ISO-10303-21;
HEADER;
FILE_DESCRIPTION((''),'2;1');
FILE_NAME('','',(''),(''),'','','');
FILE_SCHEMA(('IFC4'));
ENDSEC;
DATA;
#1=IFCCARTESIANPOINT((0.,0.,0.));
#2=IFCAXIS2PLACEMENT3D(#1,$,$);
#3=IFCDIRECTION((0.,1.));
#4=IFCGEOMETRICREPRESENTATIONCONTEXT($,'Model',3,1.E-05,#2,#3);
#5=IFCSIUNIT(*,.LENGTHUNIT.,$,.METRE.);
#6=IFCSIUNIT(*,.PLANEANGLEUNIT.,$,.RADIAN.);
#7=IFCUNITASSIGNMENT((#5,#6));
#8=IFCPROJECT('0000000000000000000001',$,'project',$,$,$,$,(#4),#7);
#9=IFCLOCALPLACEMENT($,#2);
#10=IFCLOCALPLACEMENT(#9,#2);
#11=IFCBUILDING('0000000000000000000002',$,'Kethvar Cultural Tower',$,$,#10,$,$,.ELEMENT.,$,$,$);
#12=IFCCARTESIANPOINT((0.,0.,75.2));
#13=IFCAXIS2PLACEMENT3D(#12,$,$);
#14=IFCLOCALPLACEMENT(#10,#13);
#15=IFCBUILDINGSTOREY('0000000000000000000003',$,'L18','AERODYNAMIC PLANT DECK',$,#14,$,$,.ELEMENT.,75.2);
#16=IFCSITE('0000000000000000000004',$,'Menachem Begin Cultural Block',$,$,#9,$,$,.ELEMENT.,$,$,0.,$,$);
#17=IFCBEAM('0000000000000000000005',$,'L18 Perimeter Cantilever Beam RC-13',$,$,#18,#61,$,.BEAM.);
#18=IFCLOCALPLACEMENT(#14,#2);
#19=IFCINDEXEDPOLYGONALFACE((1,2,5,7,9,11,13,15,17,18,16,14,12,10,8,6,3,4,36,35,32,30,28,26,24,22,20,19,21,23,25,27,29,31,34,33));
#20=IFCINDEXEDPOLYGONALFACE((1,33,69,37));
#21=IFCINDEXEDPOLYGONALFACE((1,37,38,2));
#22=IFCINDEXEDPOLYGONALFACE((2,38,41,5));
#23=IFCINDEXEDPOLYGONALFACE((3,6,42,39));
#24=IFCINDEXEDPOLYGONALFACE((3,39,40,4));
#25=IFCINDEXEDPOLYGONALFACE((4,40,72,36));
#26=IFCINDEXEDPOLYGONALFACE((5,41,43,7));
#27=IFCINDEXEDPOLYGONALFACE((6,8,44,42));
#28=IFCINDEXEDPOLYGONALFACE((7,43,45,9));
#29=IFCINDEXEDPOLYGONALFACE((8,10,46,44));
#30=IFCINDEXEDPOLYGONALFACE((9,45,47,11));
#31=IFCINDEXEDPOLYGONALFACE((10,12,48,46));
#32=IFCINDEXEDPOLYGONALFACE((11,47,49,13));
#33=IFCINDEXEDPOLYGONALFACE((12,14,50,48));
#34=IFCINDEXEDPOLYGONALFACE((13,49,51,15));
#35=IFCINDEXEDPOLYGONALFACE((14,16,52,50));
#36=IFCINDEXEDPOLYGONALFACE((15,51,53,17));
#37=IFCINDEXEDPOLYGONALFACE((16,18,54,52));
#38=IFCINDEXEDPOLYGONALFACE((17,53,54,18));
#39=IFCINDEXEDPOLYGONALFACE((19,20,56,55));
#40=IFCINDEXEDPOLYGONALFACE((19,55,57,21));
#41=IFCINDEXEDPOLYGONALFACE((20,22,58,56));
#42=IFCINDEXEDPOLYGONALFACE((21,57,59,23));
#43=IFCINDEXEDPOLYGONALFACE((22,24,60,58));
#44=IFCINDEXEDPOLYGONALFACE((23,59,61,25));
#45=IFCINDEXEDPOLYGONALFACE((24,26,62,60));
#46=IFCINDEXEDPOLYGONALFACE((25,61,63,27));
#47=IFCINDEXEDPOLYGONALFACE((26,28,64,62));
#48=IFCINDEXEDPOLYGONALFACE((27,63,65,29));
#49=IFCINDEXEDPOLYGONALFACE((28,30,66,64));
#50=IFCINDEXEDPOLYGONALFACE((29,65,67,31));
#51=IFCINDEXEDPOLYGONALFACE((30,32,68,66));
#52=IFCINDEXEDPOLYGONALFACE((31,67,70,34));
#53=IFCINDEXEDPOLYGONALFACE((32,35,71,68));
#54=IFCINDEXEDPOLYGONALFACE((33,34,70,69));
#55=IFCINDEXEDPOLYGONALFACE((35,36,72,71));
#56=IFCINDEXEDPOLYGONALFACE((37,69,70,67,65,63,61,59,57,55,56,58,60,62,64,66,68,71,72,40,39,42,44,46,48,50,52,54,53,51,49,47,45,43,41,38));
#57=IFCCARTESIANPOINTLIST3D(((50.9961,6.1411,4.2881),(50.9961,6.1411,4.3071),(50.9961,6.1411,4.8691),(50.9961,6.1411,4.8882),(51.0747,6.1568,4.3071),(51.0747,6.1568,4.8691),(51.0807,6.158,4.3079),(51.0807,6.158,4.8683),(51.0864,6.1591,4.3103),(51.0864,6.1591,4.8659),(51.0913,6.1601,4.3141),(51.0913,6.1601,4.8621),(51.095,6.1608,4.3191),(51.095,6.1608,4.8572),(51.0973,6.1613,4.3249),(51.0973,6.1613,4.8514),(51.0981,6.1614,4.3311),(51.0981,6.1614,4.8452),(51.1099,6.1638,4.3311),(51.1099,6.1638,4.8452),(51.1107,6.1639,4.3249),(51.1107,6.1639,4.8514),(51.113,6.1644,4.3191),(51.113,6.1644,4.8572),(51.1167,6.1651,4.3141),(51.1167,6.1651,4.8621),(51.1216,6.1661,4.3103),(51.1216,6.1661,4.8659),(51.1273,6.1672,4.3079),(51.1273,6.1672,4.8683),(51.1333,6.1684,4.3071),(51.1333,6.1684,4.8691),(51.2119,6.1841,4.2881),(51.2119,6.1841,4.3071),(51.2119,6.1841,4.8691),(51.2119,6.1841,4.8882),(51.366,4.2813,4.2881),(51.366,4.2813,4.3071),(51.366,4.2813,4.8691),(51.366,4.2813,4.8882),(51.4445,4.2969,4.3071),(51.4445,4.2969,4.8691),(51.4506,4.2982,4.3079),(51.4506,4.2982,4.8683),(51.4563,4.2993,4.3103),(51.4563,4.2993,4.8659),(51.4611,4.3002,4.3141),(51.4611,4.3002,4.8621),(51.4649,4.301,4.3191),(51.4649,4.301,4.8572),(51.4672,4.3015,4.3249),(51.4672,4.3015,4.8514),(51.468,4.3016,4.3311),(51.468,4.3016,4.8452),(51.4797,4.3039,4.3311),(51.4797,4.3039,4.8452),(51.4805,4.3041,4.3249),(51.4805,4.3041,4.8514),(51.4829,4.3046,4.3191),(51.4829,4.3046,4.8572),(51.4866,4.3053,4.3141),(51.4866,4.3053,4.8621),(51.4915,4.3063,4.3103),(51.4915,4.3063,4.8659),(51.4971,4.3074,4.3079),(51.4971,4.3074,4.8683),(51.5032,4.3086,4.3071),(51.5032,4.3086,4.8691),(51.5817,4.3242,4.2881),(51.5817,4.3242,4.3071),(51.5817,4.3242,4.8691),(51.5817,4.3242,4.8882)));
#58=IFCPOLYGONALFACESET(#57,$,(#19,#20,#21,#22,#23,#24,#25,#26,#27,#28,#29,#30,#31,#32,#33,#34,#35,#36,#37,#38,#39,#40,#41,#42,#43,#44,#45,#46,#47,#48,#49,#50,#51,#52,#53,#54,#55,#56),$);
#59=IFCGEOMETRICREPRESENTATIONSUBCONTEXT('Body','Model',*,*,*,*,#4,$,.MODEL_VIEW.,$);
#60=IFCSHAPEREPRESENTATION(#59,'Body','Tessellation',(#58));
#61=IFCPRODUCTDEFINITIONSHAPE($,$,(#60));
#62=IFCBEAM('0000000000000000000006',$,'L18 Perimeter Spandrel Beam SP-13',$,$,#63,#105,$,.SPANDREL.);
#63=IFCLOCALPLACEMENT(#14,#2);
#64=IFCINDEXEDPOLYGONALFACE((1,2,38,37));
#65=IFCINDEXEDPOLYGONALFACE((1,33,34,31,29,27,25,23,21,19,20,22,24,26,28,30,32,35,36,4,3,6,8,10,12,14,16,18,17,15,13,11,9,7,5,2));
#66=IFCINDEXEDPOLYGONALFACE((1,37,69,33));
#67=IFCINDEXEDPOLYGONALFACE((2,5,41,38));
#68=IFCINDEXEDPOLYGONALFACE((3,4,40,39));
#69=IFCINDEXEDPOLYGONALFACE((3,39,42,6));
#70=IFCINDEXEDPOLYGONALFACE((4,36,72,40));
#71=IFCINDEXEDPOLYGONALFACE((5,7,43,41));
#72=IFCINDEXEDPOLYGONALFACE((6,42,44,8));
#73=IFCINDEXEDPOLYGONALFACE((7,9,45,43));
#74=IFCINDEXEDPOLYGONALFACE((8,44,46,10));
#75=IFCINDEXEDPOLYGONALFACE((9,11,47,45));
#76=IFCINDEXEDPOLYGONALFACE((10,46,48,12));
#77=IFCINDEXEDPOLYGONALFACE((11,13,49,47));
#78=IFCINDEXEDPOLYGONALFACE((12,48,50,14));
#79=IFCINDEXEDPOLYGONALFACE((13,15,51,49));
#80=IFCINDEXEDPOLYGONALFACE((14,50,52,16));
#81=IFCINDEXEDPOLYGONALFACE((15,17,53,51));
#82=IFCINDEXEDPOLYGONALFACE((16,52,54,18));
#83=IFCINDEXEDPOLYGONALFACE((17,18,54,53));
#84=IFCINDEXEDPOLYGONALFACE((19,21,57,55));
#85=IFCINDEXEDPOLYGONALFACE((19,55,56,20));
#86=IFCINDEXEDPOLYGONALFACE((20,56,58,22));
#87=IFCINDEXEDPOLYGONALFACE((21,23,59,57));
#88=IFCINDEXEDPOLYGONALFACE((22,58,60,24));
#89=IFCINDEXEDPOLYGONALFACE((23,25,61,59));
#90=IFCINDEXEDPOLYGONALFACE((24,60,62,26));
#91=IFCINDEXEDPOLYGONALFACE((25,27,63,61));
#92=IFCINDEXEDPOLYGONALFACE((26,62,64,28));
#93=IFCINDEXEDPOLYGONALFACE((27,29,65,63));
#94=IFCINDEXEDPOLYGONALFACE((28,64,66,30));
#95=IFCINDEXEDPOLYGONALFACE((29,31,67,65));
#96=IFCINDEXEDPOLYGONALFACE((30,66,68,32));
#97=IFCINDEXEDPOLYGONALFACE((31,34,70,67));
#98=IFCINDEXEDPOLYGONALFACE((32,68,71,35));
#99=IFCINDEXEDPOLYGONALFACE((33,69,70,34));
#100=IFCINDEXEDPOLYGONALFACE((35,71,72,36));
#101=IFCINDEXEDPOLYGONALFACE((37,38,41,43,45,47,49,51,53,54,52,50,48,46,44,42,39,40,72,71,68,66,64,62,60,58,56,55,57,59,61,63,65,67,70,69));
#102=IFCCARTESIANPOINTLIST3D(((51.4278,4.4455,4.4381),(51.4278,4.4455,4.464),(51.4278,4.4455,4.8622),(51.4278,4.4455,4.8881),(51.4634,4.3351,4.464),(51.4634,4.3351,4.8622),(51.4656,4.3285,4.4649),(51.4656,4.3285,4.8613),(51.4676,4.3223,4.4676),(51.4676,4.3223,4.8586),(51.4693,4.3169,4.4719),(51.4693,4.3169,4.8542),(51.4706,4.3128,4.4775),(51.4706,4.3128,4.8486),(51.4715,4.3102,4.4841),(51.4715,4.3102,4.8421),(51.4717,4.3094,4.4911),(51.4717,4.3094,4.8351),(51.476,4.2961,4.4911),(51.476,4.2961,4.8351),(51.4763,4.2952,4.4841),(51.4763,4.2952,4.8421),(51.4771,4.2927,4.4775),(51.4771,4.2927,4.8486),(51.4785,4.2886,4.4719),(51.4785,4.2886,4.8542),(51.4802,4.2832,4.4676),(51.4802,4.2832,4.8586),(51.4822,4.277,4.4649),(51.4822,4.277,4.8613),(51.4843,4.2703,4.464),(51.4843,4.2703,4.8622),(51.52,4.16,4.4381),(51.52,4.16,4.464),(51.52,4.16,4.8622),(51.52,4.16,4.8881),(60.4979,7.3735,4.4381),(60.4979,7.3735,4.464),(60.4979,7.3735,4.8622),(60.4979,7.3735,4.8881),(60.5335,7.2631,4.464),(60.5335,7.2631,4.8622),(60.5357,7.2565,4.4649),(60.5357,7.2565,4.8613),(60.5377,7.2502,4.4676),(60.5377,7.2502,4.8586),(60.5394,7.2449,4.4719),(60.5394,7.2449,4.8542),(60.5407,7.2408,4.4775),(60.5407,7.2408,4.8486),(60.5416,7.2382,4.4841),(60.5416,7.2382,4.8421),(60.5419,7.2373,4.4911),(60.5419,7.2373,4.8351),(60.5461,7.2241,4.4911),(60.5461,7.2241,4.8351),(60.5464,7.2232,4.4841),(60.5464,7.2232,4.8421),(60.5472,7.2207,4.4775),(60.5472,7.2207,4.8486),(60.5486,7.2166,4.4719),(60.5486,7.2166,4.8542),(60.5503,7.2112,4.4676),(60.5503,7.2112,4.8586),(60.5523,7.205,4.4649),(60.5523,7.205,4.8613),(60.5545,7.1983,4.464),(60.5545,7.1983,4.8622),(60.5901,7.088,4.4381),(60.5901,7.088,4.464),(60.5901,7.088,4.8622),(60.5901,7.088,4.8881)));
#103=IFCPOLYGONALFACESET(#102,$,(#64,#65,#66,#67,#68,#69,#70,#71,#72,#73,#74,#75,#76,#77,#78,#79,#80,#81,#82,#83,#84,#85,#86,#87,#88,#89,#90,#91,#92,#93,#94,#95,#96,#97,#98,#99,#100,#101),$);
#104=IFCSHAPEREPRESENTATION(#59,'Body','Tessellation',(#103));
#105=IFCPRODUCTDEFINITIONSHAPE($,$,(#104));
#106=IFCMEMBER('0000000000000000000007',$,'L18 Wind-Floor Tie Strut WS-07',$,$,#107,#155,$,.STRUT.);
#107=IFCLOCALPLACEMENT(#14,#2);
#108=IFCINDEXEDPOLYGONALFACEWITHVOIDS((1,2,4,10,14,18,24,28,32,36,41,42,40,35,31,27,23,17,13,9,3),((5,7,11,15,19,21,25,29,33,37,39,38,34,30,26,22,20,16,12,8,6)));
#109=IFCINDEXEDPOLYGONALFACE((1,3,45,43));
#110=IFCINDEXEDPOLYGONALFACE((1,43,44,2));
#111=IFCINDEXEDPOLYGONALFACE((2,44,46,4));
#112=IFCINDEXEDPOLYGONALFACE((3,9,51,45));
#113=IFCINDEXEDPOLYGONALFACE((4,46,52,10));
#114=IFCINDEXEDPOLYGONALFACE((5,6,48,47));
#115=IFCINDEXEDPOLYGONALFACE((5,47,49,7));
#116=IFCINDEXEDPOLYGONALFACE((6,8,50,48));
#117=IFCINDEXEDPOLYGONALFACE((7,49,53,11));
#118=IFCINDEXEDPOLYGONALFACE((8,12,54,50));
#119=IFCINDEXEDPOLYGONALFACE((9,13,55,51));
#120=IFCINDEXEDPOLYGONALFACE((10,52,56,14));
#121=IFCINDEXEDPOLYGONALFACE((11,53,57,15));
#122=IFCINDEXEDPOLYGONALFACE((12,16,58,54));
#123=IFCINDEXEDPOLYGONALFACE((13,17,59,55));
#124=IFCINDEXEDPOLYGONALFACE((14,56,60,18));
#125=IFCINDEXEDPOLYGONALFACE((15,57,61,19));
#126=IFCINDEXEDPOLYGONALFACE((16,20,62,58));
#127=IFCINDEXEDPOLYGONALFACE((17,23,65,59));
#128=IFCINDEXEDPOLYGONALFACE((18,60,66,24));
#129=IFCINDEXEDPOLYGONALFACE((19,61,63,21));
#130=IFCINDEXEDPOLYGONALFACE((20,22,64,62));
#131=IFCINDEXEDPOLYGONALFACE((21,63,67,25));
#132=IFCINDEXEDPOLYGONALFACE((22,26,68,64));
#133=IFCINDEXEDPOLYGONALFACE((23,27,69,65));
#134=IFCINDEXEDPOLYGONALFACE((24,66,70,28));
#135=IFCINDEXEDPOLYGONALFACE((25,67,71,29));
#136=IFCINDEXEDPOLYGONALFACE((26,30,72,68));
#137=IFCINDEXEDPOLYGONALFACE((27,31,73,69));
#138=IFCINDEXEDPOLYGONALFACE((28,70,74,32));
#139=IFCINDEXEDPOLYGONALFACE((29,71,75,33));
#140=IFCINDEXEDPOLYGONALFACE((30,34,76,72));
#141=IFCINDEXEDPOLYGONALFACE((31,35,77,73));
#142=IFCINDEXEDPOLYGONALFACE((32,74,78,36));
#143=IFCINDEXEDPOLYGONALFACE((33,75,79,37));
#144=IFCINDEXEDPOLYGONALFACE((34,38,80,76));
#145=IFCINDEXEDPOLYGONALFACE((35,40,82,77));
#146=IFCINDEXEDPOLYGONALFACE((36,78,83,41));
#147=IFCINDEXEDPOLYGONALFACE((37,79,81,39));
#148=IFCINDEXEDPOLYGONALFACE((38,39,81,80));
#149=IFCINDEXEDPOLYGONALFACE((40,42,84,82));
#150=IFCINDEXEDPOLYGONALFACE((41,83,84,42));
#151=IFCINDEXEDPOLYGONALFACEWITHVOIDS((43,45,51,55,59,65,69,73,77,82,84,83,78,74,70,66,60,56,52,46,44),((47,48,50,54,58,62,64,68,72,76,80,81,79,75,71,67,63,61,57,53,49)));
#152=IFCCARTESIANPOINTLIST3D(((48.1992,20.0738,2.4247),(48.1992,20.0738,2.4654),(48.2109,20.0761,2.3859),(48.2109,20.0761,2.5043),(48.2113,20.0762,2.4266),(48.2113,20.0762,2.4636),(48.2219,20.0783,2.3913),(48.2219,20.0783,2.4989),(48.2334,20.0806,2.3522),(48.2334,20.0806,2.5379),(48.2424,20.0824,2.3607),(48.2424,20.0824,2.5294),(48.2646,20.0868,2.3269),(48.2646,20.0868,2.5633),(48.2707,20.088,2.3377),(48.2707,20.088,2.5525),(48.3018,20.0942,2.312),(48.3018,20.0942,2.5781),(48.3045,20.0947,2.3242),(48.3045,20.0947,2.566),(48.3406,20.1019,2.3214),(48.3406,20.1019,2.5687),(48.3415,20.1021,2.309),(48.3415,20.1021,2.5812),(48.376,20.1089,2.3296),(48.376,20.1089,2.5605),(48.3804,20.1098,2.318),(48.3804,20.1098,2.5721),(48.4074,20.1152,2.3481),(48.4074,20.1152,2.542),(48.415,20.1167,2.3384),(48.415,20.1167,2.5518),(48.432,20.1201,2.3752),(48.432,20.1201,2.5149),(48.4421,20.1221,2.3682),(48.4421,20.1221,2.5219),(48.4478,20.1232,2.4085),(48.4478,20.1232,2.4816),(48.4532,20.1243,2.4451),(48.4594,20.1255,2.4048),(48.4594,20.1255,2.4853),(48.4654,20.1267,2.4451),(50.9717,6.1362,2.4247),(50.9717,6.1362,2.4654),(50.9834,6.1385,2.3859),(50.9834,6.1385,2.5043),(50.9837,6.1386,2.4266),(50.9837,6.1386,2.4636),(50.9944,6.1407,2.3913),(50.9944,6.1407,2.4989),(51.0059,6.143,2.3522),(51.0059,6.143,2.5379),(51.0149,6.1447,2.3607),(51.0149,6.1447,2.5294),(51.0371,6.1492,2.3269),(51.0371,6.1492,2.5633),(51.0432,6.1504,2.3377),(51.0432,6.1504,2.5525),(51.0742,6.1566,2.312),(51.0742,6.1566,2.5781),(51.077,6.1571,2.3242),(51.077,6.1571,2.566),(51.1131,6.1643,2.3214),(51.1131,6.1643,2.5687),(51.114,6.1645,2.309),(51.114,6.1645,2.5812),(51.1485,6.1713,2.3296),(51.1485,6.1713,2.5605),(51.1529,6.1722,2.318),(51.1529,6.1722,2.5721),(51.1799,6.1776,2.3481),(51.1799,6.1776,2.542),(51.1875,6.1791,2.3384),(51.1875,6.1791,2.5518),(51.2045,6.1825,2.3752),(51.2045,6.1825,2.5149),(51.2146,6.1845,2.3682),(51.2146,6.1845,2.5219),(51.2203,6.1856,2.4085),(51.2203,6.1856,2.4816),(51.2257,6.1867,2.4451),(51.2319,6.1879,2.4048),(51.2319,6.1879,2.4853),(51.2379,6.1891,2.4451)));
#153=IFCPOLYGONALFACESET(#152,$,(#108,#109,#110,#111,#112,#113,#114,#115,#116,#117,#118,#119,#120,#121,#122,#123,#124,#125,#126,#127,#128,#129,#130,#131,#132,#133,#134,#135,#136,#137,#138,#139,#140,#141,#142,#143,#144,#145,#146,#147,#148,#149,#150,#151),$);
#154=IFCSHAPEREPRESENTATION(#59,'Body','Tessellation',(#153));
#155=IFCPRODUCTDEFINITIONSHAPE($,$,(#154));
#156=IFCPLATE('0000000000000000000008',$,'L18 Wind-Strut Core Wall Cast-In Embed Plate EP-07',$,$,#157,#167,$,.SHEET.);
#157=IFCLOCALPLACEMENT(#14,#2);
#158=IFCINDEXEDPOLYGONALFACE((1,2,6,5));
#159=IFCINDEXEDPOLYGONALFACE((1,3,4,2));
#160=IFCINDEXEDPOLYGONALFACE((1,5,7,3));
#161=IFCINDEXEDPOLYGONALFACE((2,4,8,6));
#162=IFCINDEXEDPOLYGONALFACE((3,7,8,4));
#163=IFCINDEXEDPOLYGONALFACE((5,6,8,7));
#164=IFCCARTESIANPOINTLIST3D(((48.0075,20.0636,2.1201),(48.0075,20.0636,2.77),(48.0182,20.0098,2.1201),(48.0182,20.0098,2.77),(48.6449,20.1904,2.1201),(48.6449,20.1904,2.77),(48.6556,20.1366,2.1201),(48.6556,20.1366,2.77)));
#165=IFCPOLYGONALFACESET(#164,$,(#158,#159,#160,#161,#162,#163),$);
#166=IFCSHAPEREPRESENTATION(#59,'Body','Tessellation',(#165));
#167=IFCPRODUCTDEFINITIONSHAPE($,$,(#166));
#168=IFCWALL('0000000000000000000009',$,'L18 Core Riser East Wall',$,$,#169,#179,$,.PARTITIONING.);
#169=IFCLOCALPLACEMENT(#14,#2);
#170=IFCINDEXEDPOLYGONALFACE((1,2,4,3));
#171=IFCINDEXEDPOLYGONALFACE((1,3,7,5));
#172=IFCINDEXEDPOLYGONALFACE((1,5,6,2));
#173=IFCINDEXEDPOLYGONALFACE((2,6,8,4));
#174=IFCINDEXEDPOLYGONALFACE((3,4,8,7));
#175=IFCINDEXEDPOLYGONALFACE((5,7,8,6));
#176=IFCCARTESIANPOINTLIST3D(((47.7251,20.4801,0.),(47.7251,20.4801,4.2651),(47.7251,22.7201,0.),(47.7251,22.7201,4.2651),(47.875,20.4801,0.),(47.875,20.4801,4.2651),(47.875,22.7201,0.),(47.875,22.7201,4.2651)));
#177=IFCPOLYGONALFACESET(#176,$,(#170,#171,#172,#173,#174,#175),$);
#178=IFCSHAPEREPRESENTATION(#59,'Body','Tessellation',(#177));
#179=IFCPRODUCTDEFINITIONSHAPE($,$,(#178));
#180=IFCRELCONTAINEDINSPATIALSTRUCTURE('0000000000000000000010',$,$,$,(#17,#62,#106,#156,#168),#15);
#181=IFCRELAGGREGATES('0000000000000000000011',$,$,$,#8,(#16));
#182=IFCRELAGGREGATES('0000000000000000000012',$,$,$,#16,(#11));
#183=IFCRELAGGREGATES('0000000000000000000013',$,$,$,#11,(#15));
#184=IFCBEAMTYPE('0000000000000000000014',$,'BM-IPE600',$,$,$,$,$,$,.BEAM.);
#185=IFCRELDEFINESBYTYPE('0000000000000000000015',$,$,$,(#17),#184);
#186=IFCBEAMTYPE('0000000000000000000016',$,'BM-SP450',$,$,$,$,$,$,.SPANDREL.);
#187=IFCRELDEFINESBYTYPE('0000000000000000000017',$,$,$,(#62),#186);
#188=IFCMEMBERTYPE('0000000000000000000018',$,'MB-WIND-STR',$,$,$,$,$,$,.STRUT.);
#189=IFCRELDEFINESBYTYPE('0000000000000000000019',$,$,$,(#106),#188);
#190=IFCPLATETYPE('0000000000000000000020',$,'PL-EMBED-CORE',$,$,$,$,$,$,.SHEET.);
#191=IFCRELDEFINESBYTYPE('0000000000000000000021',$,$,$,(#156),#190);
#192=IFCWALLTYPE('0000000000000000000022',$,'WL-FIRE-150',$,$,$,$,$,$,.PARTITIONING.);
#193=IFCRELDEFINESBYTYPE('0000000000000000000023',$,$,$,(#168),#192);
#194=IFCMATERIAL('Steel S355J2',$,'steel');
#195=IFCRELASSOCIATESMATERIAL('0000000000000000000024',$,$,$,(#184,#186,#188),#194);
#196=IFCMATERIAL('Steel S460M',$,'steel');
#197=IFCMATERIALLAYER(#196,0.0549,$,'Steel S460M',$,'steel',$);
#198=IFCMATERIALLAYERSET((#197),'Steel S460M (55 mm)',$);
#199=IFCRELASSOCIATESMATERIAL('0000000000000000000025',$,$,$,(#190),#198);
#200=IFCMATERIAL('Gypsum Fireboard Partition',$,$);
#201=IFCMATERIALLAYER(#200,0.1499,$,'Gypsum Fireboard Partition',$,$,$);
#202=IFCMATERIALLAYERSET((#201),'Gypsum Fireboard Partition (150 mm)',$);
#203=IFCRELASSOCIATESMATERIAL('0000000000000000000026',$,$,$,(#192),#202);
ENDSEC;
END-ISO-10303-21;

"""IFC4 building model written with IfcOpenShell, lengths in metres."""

from ifc_helpers import new_model, si_unit, direction, frame, frame_2d, origin, origin_2d, place, context, subcontext, project, spatial, rectangle, hollow_circle, i_section, extrude, source, transform, mapped, material, layer, layer_set, material_profile, profile_set, type_object, element, save


model = new_model("IFC4")

# Units and contexts
model_context = context("Model", 3, precision=1e-05, world=origin(), true_north=direction((0.0, 1.0)))
body_context = subcontext(model_context, "Body", "Model", "MODEL_VIEW")
ifc_project = project(units=[si_unit("LENGTHUNIT", "METRE"), si_unit("PLANEANGLEUNIT", "RADIAN")], contexts=[model_context])

# Site, building, storey
site_placement = place(None, origin())
site = spatial("IfcSite", under=ifc_project, at=site_placement, Name="Menachem Begin Cultural Block", CompositionType="ELEMENT", RefElevation=0.0)
building_placement = place(site_placement, origin())
building = spatial("IfcBuilding", under=site, at=building_placement, Name="Kethvar Cultural Tower", CompositionType="ELEMENT")
storey_placement = place(building_placement, frame((0.0, 0.0, 75.2)))
storey = spatial("IfcBuildingStorey", under=building, at=storey_placement, Name="L18", Description="AERODYNAMIC PLANT DECK", CompositionType="ELEMENT", Elevation=75.2)

# Shared definitions
ifc_material_1 = material(Name="Steel S460M", Category="steel")

# Beams
ifc_material_2 = material(Name="Steel S355J2", Category="steel")
ifc_material_profile_1 = material_profile(ifc_material_2, i_section(OverallWidth=0.22, OverallDepth=0.6001, WebThickness=0.012, FlangeThickness=0.019, FilletRadius=0.0239, at=origin_2d()), Name="Steel S355J2 — IPE600")
ifc_profile_set_1 = profile_set([ifc_material_profile_1], Name="Steel S355J2 — IPE600")
beam_type_1 = type_object("IfcBeamType", Name="BM-IPE600", PredefinedType="BEAM", material=ifc_profile_set_1)
shared_shape_1 = source(origin(), body_context, "Body", "SweptSolid", [
    extrude(i_section(OverallWidth=0.22, OverallDepth=0.6001, WebThickness=0.012, FlangeThickness=0.019, FilletRadius=0.0239, at=origin_2d()), origin(), (0.0, 0.0, 1.0), 1.8962),
])
beam_1_placement = place(storey_placement, frame((51.104, 6.1626, 4.5881), z_axis=(0.195051, -0.980793, 0.0), x_axis=(0.980793, 0.195051, 0.0)))
element("IfcBeam", 1, at=beam_1_placement, inside=storey, type_object=beam_type_1, Name="L18 Perimeter Cantilever Beam RC-13", PredefinedType="BEAM", context=body_context, shape_type="MappedRepresentation", body=[
    mapped(shared_shape_1, transform((0.0, 0.0, 0.0), scale=1.0)),
])
ifc_material_profile_2 = material_profile(ifc_material_2, i_section(OverallWidth=0.3, OverallDepth=0.45, WebThickness=0.0139, FlangeThickness=0.0259, FilletRadius=0.0271, at=origin_2d()), Name="Steel S355J2 — HEB450")
ifc_profile_set_2 = profile_set([ifc_material_profile_2], Name="Steel S355J2 — HEB450")
beam_type_2 = type_object("IfcBeamType", Name="BM-SP450", PredefinedType="SPANDREL", material=ifc_profile_set_2)
shared_shape_2 = source(origin(), body_context, "Body", "SweptSolid", [
    extrude(i_section(OverallWidth=0.3, OverallDepth=0.45, WebThickness=0.0139, FlangeThickness=0.0259, FilletRadius=0.0271, at=origin_2d()), origin(), (0.0, 0.0, 1.0), 9.531),
])
beam_2_placement = place(storey_placement, frame((51.4739, 4.3027, 4.6631), z_axis=(0.951643, 0.307207, 0.0), x_axis=(-0.307207, 0.951643, 0.0)))
element("IfcBeam", 2, at=beam_2_placement, inside=storey, type_object=beam_type_2, Name="L18 Perimeter Spandrel Beam SP-13", PredefinedType="SPANDREL", context=body_context, shape_type="MappedRepresentation", body=[
    mapped(shared_shape_2, transform((0.0, 0.0, 0.0), scale=1.0)),
])

# Member
ifc_material_profile_3 = material_profile(ifc_material_2, hollow_circle(Radius=0.1365, WallThickness=0.0125, at=origin_2d()), Name="Steel S355J2 — CHS273x12.5")
ifc_profile_set_3 = profile_set([ifc_material_profile_3], Name="Steel S355J2 — CHS273x12.5")
member_type = type_object("IfcMemberType", Name="MB-WIND-STR", PredefinedType="STRUT", material=ifc_profile_set_3)
shared_shape_3 = source(origin(), body_context, "Body", "SweptSolid", [
    extrude(hollow_circle(Radius=0.1365, WallThickness=0.0125, at=origin_2d()), origin(), (0.0, 0.0, 1.0), 14.2107),
])
member_placement = place(storey_placement, frame((48.3315, 20.1001, 2.4451), z_axis=(0.195098, -0.980784, 0.0), x_axis=(0.980784, 0.195098, 0.0)))
element("IfcMember", 3, at=member_placement, inside=storey, type_object=member_type, Name="L18 Wind-Floor Tie Strut WS-07", PredefinedType="STRUT", context=body_context, shape_type="MappedRepresentation", body=[
    mapped(shared_shape_3, transform((0.0, 0.0, 0.0), scale=1.0)),
])

# Plate
ifc_layer_1 = layer(ifc_material_1, 0.0549, Name="Steel S460M", Category="steel")
ifc_layer_set_1 = layer_set([ifc_layer_1], Name="Steel S460M (55 mm)")
plate_type = type_object("IfcPlateType", Name="PL-EMBED-CORE", PredefinedType="SHEET", material=ifc_layer_set_1)
shared_shape_4 = source(origin(), body_context, "Body", "SweptSolid", [
    extrude(rectangle(XDim=0.0549, YDim=0.6499, at=origin_2d()), origin(), (0.0, 0.0, 1.0), 0.6499),
])
plate_placement = place(storey_placement, frame((48.3315, 20.1001, 2.1201), z_axis=(0.0, 0.0, 1.0), x_axis=(0.19509, -0.980785, 0.0)))
element("IfcPlate", 4, at=plate_placement, inside=storey, type_object=plate_type, Name="L18 Wind-Strut Core Wall Cast-In Embed Plate EP-07", PredefinedType="SHEET", context=body_context, shape_type="MappedRepresentation", body=[
    mapped(shared_shape_4, transform((0.0, 0.0, 0.0), scale=1.0)),
])

# Wall
ifc_material_3 = material(Name="Gypsum Fireboard Partition")
ifc_layer_2 = layer(ifc_material_3, 0.1499, Name="Gypsum Fireboard Partition")
ifc_layer_set_2 = layer_set([ifc_layer_2], Name="Gypsum Fireboard Partition (150 mm)")
wall_type_1 = type_object("IfcWallType", Name="WL-FIRE-150", PredefinedType="PARTITIONING", material=ifc_layer_set_2)
wall_1_placement = place(storey_placement, frame((47.8, 20.48, 0.0), z_axis=(0.0, 0.0, 1.0), x_axis=(0.0, 1.0, 0.0)))
element("IfcWall", 5, at=wall_1_placement, inside=storey, type_object=wall_type_1, Name="L18 Core Riser East Wall", PredefinedType="PARTITIONING", context=body_context, shape_type="SweptSolid", body=[
    extrude(rectangle(XDim=2.24, YDim=0.1499, at=frame_2d((1.1201, 0.0))), origin(), (0.0, 0.0, 1.0), 4.2651),
])

save(model, "model.ifc")
